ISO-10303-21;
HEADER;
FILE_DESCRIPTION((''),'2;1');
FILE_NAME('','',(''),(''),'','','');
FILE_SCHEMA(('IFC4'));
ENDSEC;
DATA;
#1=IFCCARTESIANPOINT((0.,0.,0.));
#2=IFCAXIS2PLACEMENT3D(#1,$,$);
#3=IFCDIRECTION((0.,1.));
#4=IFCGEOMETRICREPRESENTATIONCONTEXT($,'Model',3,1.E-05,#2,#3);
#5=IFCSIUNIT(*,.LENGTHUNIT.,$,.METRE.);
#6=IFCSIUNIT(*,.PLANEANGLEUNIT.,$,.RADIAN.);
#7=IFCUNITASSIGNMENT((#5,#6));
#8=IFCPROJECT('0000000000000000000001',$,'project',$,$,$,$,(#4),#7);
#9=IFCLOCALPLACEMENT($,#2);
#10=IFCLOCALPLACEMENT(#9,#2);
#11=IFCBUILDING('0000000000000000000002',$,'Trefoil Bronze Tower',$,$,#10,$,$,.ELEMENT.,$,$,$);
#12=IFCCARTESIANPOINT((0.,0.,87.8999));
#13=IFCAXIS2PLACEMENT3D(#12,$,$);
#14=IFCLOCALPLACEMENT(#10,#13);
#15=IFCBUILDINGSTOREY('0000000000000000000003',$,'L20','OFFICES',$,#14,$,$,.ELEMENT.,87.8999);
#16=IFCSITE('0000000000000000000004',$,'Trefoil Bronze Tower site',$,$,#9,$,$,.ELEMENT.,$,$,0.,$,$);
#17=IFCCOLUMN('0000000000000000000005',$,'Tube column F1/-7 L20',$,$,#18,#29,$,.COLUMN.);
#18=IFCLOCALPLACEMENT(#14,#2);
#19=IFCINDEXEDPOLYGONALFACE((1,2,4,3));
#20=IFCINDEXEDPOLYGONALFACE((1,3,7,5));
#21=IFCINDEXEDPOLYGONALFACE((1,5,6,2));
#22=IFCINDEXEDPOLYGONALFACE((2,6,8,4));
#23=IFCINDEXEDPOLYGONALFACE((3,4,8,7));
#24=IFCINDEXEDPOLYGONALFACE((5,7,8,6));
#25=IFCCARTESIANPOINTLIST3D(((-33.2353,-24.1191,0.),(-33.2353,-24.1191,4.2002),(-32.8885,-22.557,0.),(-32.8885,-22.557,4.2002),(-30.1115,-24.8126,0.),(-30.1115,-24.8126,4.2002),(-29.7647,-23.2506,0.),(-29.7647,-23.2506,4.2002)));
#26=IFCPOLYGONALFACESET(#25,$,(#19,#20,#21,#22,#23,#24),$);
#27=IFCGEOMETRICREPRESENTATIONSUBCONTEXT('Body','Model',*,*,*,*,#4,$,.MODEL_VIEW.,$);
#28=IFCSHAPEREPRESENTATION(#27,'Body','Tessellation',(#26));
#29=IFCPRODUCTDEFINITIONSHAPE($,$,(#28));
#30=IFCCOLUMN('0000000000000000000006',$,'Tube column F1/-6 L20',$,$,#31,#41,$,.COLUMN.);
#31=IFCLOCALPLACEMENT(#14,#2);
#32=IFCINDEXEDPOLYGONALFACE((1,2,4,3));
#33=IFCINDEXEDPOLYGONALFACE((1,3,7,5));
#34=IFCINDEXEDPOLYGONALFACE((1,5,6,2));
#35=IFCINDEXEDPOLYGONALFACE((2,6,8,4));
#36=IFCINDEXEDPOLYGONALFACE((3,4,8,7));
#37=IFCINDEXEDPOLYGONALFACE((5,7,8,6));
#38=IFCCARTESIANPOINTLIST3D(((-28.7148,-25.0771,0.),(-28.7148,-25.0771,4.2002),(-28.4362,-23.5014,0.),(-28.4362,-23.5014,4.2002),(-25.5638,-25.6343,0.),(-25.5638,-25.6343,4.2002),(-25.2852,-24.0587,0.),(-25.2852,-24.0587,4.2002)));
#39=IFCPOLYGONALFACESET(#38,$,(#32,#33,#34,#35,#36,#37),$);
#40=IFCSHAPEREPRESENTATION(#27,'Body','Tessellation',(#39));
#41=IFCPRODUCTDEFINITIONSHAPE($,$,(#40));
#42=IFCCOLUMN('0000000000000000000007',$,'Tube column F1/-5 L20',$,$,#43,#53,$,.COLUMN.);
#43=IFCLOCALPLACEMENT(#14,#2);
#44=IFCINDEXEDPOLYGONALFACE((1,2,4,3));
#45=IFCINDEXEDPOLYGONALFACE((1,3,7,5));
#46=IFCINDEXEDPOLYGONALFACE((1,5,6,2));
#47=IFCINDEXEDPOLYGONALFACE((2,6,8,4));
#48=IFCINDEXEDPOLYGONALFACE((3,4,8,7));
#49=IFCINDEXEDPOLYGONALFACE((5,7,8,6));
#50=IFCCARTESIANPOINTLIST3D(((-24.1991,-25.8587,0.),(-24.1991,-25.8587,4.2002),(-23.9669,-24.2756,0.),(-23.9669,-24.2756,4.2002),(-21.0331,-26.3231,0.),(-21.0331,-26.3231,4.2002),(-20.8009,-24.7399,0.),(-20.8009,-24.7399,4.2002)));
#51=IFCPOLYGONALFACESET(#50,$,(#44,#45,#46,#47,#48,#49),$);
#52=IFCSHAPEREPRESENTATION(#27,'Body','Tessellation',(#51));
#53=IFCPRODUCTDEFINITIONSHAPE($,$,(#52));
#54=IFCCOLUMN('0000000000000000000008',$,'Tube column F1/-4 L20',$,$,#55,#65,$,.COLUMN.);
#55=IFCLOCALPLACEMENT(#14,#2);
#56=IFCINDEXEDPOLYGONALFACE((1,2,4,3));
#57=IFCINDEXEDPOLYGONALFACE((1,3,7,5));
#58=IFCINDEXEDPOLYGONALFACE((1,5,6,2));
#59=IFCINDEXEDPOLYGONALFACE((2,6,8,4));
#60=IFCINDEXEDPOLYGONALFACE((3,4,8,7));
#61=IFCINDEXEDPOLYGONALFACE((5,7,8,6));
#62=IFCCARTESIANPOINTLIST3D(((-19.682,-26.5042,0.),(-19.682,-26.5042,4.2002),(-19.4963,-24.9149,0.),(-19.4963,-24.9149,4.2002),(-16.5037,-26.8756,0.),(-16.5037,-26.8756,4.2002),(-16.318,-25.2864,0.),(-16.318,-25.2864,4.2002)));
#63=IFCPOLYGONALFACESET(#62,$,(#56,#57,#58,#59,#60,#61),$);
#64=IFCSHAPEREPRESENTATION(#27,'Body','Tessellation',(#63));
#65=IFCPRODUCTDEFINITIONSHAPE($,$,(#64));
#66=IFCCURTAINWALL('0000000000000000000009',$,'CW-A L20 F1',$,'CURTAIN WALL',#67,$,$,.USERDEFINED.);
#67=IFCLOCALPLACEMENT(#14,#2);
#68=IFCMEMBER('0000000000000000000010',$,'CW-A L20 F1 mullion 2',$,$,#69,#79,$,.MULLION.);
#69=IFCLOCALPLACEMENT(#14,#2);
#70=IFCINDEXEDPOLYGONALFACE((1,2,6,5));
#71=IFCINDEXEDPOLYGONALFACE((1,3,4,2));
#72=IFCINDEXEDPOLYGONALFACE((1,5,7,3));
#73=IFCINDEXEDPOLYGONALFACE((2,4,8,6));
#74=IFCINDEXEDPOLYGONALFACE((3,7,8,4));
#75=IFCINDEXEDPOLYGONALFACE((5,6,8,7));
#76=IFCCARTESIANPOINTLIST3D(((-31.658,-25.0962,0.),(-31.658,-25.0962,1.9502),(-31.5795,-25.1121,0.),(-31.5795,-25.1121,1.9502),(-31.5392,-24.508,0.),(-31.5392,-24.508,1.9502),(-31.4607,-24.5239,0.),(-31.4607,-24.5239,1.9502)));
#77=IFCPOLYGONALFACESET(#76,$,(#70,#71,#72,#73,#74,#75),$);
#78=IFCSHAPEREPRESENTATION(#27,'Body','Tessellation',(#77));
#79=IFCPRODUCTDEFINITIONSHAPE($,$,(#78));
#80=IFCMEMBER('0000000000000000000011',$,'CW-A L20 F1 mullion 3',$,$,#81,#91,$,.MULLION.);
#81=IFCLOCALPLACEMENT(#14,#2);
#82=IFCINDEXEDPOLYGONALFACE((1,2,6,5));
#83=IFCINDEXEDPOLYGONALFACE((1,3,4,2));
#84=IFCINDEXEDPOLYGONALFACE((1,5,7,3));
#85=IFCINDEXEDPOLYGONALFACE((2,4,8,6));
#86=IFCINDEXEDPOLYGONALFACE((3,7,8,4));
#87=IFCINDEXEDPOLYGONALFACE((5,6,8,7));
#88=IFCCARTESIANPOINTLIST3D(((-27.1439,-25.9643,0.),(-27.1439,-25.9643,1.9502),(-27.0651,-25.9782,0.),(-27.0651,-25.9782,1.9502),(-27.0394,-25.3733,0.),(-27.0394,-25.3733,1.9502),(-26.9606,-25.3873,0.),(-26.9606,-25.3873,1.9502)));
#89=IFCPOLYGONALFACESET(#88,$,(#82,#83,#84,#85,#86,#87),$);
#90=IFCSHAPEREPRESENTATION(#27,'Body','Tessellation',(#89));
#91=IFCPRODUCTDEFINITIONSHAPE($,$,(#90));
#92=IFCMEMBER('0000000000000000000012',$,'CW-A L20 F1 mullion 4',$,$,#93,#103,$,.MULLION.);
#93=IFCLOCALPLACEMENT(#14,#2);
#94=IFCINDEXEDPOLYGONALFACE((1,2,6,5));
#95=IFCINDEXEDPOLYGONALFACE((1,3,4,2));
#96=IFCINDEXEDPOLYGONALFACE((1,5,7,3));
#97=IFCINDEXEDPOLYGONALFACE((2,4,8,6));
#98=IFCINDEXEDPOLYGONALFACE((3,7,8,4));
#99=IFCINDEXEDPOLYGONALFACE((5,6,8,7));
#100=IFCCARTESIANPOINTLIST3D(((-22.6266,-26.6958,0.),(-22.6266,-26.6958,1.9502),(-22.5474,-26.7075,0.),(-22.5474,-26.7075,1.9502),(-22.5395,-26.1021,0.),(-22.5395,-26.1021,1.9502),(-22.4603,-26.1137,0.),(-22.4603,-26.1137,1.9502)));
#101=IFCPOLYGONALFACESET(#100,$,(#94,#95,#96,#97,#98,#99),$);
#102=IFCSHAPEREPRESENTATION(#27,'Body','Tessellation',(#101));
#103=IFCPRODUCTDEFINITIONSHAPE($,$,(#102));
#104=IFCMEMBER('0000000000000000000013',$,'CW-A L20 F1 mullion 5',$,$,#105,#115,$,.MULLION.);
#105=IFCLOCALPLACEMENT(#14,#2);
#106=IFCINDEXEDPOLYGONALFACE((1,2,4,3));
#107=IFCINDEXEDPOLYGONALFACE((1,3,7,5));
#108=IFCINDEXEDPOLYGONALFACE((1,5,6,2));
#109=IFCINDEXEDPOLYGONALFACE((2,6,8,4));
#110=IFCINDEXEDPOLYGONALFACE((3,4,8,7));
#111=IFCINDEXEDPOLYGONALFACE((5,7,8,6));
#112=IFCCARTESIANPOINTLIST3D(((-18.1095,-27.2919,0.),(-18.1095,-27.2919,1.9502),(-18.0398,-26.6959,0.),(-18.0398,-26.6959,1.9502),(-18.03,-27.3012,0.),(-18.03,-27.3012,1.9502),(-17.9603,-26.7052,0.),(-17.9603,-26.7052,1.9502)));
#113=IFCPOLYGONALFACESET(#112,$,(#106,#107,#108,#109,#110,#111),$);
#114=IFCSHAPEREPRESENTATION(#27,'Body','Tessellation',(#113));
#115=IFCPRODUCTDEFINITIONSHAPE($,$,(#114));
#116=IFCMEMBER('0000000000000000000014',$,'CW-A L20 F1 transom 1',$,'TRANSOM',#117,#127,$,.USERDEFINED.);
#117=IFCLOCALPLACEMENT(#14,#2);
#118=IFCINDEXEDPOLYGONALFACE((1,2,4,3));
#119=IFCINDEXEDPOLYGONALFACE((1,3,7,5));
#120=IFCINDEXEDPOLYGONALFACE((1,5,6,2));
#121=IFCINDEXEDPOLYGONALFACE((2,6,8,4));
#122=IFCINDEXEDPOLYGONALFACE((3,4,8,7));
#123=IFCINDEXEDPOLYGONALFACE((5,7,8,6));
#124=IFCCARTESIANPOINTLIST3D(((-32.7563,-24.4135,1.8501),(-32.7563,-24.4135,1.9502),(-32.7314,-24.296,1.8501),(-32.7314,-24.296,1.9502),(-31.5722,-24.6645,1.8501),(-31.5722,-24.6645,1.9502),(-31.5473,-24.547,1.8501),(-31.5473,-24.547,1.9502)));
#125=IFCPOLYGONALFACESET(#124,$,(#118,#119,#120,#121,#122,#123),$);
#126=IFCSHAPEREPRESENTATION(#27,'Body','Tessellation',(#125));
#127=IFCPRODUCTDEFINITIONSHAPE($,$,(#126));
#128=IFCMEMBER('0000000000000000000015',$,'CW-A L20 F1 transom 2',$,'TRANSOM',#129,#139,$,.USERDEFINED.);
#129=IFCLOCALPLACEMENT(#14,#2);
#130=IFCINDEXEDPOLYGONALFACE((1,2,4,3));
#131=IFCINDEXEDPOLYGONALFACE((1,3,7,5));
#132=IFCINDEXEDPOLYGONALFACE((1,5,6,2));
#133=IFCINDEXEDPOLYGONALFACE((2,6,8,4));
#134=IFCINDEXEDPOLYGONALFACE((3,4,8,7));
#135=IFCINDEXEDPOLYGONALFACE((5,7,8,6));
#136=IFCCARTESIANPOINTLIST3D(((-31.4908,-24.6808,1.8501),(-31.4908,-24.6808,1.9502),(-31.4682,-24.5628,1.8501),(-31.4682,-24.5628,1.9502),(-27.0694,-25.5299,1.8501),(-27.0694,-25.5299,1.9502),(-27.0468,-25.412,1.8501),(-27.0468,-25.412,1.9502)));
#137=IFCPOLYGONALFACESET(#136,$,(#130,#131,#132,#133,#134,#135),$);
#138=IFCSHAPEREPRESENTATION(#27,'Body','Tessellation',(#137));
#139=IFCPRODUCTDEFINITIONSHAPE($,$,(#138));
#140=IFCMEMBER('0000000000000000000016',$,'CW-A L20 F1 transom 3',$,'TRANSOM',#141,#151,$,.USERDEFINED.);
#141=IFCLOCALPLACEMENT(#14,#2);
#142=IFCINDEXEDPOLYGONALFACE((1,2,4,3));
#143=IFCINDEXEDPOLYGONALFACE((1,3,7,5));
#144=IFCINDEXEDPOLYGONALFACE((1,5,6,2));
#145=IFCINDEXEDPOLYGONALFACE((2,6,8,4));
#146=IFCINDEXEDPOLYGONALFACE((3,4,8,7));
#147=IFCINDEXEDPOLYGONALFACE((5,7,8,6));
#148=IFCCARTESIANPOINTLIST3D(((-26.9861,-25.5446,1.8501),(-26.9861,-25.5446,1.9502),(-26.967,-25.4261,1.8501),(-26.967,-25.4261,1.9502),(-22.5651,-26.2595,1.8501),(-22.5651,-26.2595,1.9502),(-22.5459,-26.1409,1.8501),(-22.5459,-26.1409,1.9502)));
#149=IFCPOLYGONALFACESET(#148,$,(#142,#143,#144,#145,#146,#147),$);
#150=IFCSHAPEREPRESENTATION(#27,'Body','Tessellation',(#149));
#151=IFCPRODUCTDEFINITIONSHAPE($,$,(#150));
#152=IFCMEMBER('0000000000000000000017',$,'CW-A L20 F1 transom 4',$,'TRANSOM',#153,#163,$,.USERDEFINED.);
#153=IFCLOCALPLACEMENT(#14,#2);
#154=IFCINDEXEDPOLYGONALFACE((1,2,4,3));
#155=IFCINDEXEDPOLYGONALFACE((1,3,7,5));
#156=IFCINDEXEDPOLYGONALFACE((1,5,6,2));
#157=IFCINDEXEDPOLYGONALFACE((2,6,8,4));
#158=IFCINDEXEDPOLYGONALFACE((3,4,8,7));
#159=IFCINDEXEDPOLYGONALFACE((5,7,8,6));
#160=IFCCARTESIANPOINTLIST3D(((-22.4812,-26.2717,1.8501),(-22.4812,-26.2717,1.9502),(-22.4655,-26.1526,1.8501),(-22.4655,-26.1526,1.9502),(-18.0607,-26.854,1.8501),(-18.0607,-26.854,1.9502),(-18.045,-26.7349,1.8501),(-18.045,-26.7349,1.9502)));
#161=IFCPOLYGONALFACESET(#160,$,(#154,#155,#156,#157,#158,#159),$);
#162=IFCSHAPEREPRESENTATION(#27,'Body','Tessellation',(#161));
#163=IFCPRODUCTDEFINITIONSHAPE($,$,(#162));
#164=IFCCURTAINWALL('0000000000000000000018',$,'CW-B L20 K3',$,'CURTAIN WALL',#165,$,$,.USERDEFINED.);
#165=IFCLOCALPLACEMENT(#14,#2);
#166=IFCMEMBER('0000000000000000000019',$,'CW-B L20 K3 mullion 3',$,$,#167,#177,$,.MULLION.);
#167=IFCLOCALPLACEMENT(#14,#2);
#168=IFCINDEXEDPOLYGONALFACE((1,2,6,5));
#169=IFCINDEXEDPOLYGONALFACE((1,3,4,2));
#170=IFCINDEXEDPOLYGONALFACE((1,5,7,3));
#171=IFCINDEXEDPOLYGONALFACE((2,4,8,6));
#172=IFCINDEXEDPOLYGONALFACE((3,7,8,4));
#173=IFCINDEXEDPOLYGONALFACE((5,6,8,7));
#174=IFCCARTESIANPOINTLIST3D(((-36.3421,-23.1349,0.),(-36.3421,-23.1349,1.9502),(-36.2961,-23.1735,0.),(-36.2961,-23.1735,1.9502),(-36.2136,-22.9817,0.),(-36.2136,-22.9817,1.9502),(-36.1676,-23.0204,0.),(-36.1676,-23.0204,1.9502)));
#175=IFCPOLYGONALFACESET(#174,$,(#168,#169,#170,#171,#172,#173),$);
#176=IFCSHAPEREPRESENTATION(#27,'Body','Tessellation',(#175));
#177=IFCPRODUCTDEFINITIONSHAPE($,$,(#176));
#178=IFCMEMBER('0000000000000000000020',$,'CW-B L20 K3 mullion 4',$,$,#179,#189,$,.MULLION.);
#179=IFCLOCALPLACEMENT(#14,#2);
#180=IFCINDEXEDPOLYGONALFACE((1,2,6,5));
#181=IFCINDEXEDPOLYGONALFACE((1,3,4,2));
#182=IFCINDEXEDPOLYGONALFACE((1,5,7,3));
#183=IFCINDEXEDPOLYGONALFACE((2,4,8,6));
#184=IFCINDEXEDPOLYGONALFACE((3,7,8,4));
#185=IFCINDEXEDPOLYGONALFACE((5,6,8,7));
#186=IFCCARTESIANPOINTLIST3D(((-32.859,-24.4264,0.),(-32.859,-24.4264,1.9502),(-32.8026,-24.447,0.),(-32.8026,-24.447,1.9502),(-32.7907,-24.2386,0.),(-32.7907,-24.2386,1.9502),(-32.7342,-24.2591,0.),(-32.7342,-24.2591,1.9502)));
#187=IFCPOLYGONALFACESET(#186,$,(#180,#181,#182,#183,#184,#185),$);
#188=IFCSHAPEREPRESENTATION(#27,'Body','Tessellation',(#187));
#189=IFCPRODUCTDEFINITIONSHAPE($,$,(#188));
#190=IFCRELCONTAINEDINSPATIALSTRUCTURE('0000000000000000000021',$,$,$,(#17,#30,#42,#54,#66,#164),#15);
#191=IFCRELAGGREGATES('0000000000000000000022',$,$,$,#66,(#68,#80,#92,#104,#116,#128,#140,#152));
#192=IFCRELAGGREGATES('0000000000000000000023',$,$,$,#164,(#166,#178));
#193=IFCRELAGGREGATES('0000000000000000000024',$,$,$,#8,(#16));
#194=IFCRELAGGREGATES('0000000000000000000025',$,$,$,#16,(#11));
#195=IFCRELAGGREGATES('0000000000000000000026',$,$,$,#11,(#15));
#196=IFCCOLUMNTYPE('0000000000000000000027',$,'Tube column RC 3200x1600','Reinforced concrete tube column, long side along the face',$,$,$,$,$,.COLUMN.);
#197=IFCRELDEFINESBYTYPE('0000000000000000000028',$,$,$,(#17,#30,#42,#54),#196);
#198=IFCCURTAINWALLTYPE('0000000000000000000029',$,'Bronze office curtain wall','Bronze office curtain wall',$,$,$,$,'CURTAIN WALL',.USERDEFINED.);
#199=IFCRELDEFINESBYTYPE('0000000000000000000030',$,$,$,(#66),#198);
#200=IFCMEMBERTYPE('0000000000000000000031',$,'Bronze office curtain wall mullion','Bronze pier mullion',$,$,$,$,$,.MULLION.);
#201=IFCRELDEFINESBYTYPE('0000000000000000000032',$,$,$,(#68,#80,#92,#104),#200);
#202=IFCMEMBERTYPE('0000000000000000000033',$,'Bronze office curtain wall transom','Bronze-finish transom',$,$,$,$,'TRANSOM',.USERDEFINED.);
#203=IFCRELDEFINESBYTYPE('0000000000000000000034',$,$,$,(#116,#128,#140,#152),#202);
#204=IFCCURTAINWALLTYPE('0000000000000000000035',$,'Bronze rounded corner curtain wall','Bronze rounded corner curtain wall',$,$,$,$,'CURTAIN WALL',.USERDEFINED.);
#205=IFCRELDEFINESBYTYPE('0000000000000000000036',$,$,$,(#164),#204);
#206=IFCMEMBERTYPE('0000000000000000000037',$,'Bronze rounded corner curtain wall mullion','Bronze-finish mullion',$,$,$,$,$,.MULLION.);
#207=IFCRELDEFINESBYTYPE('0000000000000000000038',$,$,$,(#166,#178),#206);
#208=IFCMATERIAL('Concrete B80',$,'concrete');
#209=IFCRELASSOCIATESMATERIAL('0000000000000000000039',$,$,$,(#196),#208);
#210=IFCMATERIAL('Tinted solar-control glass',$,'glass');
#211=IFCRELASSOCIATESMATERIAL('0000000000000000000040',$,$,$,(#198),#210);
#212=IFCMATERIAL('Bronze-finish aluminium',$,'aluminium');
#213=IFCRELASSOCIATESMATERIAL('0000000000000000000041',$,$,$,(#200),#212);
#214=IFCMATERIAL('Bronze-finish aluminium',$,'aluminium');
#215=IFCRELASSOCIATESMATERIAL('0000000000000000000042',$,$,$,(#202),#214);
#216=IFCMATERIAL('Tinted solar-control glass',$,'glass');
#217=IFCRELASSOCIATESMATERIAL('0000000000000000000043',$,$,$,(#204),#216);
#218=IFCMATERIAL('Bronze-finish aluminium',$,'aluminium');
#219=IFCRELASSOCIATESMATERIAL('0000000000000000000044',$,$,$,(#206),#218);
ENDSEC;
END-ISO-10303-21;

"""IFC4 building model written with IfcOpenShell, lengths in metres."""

from ifc_helpers import new_model, si_unit, direction, frame, origin, origin_2d, place, context, subcontext, project, spatial, rectangle, extrude, material, material_profile, profile_set, type_object, element, aggregate, save


model = new_model("IFC4")

# Units and contexts
model_context = context("Model", 3, precision=1e-05, world=origin(), true_north=direction((0.0, 1.0)))
body_context = subcontext(model_context, "Body", "Model", "MODEL_VIEW")
ifc_project = project(units=[si_unit("LENGTHUNIT", "METRE"), si_unit("PLANEANGLEUNIT", "RADIAN")], contexts=[model_context])

# Site, building, storey
site_placement = place(None, origin())
site = spatial("IfcSite", under=ifc_project, at=site_placement, Name="Trefoil Bronze Tower site", CompositionType="ELEMENT", RefElevation=0.0)
building_placement = place(site_placement, origin())
building = spatial("IfcBuilding", under=site, at=building_placement, Name="Trefoil Bronze Tower", CompositionType="ELEMENT")
storey_placement = place(building_placement, frame((0.0, 0.0, 87.8999)))
storey = spatial("IfcBuildingStorey", under=building, at=storey_placement, Name="L20", Description="OFFICES", CompositionType="ELEMENT", Elevation=87.8999)

# Columns
ifc_material_1 = material(Name="Concrete B80", Category="concrete")
ifc_material_profile_1 = material_profile(ifc_material_1, rectangle(XDim=3.2, YDim=1.6001, at=origin_2d()), Name="RC 3200x1600")
ifc_profile_set_1 = profile_set([ifc_material_profile_1], Name="Concrete B80")
column_type = type_object("IfcColumnType", Name="Tube column RC 3200x1600", Description="Reinforced concrete tube column, long side along the face", PredefinedType="COLUMN", material=ifc_profile_set_1)
for number, where, z_axis, x_axis, name in (
    (1, (-31.5, -23.6848, 0.0), (0.0, 0.0, 1.0), (0.97623, -0.216739, 0.0), "Tube column F1/-7 L20"),
    (2, (-27.0, -24.5679, 0.0), (0.0, 0.0, 1.0), (0.984722, -0.174131, 0.0), "Tube column F1/-6 L20"),
    (3, (-22.5, -25.2993, 0.0), (0.0, 0.0, 1.0), (0.989416, -0.145109, 0.0), "Tube column F1/-5 L20"),
    (4, (-18.0, -25.8953, 0.0), (0.0, 0.0, 1.0), (0.993239, -0.116087, 0.0), "Tube column F1/-4 L20"),
):
    element("IfcColumn", number, at=place(storey_placement, frame(where, z_axis=z_axis, x_axis=x_axis)), inside=storey, type_object=column_type, Name=name, PredefinedType="COLUMN", context=body_context, shape_type="SweptSolid", body=[
        extrude(rectangle(XDim=3.2, YDim=1.6001, at=origin_2d()), origin(), (0.0, 0.0, 1.0), 4.2002),
    ])

# Curtain walls, members
ifc_material_2 = material(Name="Tinted solar-control glass", Category="glass")
curtain_wall_type_1 = type_object("IfcCurtainWallType", Name="Bronze office curtain wall", Description="Bronze office curtain wall", ElementType="CURTAIN WALL", PredefinedType="USERDEFINED", material=ifc_material_2)
curtain_wall_1_placement = place(storey_placement, origin())
curtain_wall_1 = element("IfcCurtainWall", 5, at=curtain_wall_1_placement, inside=storey, type_object=curtain_wall_type_1, Name="CW-A L20 F1", ObjectType="CURTAIN WALL", PredefinedType="USERDEFINED")
ifc_material_3 = material(Name="Bronze-finish aluminium", Category="aluminium")
ifc_material_profile_2 = material_profile(ifc_material_3, rectangle(XDim=0.6001, YDim=0.0801, at=origin_2d()), Name="CW-A mullion")
ifc_profile_set_2 = profile_set([ifc_material_profile_2], Name="Bronze-finish aluminium")
member_type_1 = type_object("IfcMemberType", Name="Bronze office curtain wall mullion", Description="Bronze pier mullion", PredefinedType="MULLION", material=ifc_profile_set_2)
member_1_placement = place(storey_placement, frame((-31.5593, -24.8101, 0.0), z_axis=(0.0, 0.0, 1.0), x_axis=(0.19791, 0.98022, 0.0)))
member_1 = element("IfcMember", 6, at=member_1_placement, type_object=member_type_1, Name="CW-A L20 F1 mullion 2", PredefinedType="MULLION", context=body_context, shape_type="SweptSolid", body=[
    extrude(rectangle(XDim=0.6001, YDim=0.0801, at=origin_2d()), origin(), (0.0, 0.0, 1.0), 1.9502),
])
member_2_placement = place(storey_placement, frame((-27.0522, -25.6758, 0.0), z_axis=(0.0, 0.0, 1.0), x_axis=(0.174131, 0.984722, 0.0)))
member_2 = element("IfcMember", 7, at=member_2_placement, type_object=member_type_1, Name="CW-A L20 F1 mullion 3", PredefinedType="MULLION", context=body_context, shape_type="SweptSolid", body=[
    extrude(rectangle(XDim=0.6001, YDim=0.0801, at=origin_2d()), origin(), (0.0, 0.0, 1.0), 1.9502),
])
member_3_placement = place(storey_placement, frame((-22.5435, -26.4048, 0.0), z_axis=(0.0, 0.0, 1.0), x_axis=(0.145109, 0.989416, 0.0)))
member_3 = element("IfcMember", 8, at=member_3_placement, type_object=member_type_1, Name="CW-A L20 F1 mullion 4", PredefinedType="MULLION", context=body_context, shape_type="SweptSolid", body=[
    extrude(rectangle(XDim=0.6001, YDim=0.0801, at=origin_2d()), origin(), (0.0, 0.0, 1.0), 1.9502),
])
member_4_placement = place(storey_placement, frame((-18.0349, -26.9985, 0.0), z_axis=(0.0, 0.0, 1.0), x_axis=(0.116087, 0.993239, 0.0)))
member_4 = element("IfcMember", 9, at=member_4_placement, type_object=member_type_1, Name="CW-A L20 F1 mullion 5", PredefinedType="MULLION", context=body_context, shape_type="SweptSolid", body=[
    extrude(rectangle(XDim=0.6001, YDim=0.0801, at=origin_2d()), origin(), (0.0, 0.0, 1.0), 1.9502),
])
ifc_material_4 = material(Name="Bronze-finish aluminium", Category="aluminium")
ifc_material_profile_3 = material_profile(ifc_material_4, rectangle(XDim=0.1201, YDim=0.1001, at=origin_2d()), Name="CW-A transom")
ifc_profile_set_3 = profile_set([ifc_material_profile_3], Name="Bronze-finish aluminium")
member_type_2 = type_object("IfcMemberType", Name="Bronze office curtain wall transom", Description="Bronze-finish transom", ElementType="TRANSOM", PredefinedType="USERDEFINED", material=ifc_profile_set_3)
member_5_placement = place(storey_placement, frame((-32.7439, -24.3547, 1.9001), z_axis=(0.978266, -0.207352, 0.0), x_axis=(0.207352, 0.978266, 0.0)))
member_5 = element("IfcMember", 10, at=member_5_placement, type_object=member_type_2, Name="CW-A L20 F1 transom 1", ObjectType="TRANSOM", PredefinedType="USERDEFINED", context=body_context, shape_type="SweptSolid", body=[
    extrude(rectangle(XDim=0.1201, YDim=0.1001, at=origin_2d()), origin(), (0.0, 0.0, 1.0), 1.2104),
])
member_6_placement = place(storey_placement, frame((-31.4795, -24.6218, 1.9001), z_axis=(0.982054, -0.188602, 0.0), x_axis=(0.188602, 0.982054, 0.0)))
member_6 = element("IfcMember", 11, at=member_6_placement, type_object=member_type_2, Name="CW-A L20 F1 transom 2", ObjectType="TRANSOM", PredefinedType="USERDEFINED", context=body_context, shape_type="SweptSolid", body=[
    extrude(rectangle(XDim=0.1201, YDim=0.1001, at=origin_2d()), origin(), (0.0, 0.0, 1.0), 4.5022),
])
member_7_placement = place(storey_placement, frame((-26.9766, -25.4854, 1.9001), z_axis=(0.987179, -0.159615, 0.0), x_axis=(0.159615, 0.987179, 0.0)))
member_7 = element("IfcMember", 12, at=member_7_placement, type_object=member_type_2, Name="CW-A L20 F1 transom 3", ObjectType="TRANSOM", PredefinedType="USERDEFINED", context=body_context, shape_type="SweptSolid", body=[
    extrude(rectangle(XDim=0.1201, YDim=0.1001, at=origin_2d()), origin(), (0.0, 0.0, 1.0), 4.4785),
])
member_8_placement = place(storey_placement, frame((-22.4734, -26.2122, 1.9001), z_axis=(0.991437, -0.130589, 0.0), x_axis=(0.130589, 0.991437, 0.0)))
member_8 = element("IfcMember", 13, at=member_8_placement, type_object=member_type_2, Name="CW-A L20 F1 transom 4", ObjectType="TRANSOM", PredefinedType="USERDEFINED", context=body_context, shape_type="SweptSolid", body=[
    extrude(rectangle(XDim=0.1201, YDim=0.1001, at=origin_2d()), origin(), (0.0, 0.0, 1.0), 4.4587),
])
ifc_material_5 = material(Name="Tinted solar-control glass", Category="glass")
curtain_wall_type_2 = type_object("IfcCurtainWallType", Name="Bronze rounded corner curtain wall", Description="Bronze rounded corner curtain wall", ElementType="CURTAIN WALL", PredefinedType="USERDEFINED", material=ifc_material_5)
curtain_wall_2_placement = place(storey_placement, origin())
curtain_wall_2 = element("IfcCurtainWall", 14, at=curtain_wall_2_placement, inside=storey, type_object=curtain_wall_type_2, Name="CW-B L20 K3", ObjectType="CURTAIN WALL", PredefinedType="USERDEFINED")
ifc_material_6 = material(Name="Bronze-finish aluminium", Category="aluminium")
ifc_material_profile_4 = material_profile(ifc_material_6, rectangle(XDim=0.2, YDim=0.0601, at=origin_2d()), Name="CW-B mullion")
ifc_profile_set_4 = profile_set([ifc_material_profile_4], Name="Bronze-finish aluminium")
member_type_3 = type_object("IfcMemberType", Name="Bronze rounded corner curtain wall mullion", Description="Bronze-finish mullion", PredefinedType="MULLION", material=ifc_profile_set_4)
member_9_placement = place(storey_placement, frame((-36.2549, -23.0776, 0.0), z_axis=(0.0, 0.0, 1.0), x_axis=(0.642788, 0.766044, 0.0)))
member_9 = element("IfcMember", 15, at=member_9_placement, type_object=member_type_3, Name="CW-B L20 K3 mullion 3", PredefinedType="MULLION", context=body_context, shape_type="SweptSolid", body=[
    extrude(rectangle(XDim=0.2, YDim=0.0601, at=origin_2d()), origin(), (0.0, 0.0, 1.0), 1.9502),
])
member_10_placement = place(storey_placement, frame((-32.7966, -24.3428, 0.0), z_axis=(0.0, 0.0, 1.0), x_axis=(0.34202, 0.939693, 0.0)))
member_10 = element("IfcMember", 16, at=member_10_placement, type_object=member_type_3, Name="CW-B L20 K3 mullion 4", PredefinedType="MULLION", context=body_context, shape_type="SweptSolid", body=[
    extrude(rectangle(XDim=0.2, YDim=0.0601, at=origin_2d()), origin(), (0.0, 0.0, 1.0), 1.9502),
])

aggregate(curtain_wall_1, [member_1, member_2, member_3, member_4, member_5, member_6, member_7, member_8])
aggregate(curtain_wall_2, [member_9, member_10])

save(model, "model.ifc")
